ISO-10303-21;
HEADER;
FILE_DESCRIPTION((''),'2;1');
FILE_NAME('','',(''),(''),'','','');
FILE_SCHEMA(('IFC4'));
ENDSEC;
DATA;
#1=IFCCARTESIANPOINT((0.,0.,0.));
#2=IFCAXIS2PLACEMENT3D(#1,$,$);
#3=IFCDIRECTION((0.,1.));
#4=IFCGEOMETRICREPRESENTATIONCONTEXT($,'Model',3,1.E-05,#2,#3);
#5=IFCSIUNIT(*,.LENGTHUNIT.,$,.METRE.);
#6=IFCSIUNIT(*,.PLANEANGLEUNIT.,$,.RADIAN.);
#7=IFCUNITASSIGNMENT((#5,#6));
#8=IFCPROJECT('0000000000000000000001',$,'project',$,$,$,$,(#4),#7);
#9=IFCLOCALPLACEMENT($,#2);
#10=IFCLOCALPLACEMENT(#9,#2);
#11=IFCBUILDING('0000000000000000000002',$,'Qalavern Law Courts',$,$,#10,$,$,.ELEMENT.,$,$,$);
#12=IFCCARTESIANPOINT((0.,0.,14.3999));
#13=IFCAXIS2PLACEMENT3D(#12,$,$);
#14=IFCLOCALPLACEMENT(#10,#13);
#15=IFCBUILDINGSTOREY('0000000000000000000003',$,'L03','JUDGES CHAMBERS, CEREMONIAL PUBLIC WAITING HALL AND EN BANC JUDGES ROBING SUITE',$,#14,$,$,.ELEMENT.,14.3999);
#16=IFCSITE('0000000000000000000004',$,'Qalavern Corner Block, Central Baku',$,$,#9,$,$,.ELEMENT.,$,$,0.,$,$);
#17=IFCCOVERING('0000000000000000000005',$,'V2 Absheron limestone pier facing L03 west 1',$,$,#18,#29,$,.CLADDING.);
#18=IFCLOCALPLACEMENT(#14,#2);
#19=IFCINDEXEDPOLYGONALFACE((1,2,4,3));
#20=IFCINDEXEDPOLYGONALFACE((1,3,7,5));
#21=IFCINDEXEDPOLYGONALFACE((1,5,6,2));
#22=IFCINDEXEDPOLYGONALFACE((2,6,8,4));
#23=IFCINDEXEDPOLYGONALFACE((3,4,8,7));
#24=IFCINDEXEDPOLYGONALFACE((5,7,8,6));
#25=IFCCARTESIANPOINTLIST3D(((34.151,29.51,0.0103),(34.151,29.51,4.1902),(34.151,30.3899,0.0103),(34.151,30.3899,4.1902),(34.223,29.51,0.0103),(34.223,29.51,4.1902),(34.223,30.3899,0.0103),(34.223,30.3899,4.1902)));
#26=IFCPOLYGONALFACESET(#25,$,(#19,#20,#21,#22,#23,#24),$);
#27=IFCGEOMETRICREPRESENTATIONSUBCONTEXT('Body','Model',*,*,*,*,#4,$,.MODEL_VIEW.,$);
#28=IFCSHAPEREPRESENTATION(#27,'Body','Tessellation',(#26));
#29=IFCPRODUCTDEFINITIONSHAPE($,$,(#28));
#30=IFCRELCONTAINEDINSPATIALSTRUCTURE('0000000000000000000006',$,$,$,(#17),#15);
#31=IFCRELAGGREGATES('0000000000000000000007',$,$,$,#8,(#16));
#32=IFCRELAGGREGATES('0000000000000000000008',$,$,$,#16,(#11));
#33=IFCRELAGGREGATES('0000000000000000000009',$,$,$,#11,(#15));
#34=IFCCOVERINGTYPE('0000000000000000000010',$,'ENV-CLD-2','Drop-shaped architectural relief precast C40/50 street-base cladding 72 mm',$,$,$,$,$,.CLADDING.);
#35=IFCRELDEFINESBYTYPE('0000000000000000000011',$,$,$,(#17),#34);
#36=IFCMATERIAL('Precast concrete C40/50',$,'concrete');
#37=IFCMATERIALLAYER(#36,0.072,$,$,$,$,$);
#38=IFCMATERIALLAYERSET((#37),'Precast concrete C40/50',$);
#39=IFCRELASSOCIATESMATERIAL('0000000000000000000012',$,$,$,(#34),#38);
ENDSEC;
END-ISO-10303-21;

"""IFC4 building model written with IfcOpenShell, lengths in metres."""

from ifc_helpers import new_model, si_unit, direction, frame, origin, origin_2d, place, context, subcontext, project, spatial, rectangle, extrude, material, layer, layer_set, type_object, element, save


model = new_model("IFC4")

# Units and contexts
model_context = context("Model", 3, precision=1e-05, world=origin(), true_north=direction((0.0, 1.0)))
body_context = subcontext(model_context, "Body", "Model", "MODEL_VIEW")
ifc_project = project(units=[si_unit("LENGTHUNIT", "METRE"), si_unit("PLANEANGLEUNIT", "RADIAN")], contexts=[model_context])

# Site, building, storey
site_placement = place(None, origin())
site = spatial("IfcSite", under=ifc_project, at=site_placement, Name="Qalavern Corner Block, Central Baku", CompositionType="ELEMENT", RefElevation=0.0)
building_placement = place(site_placement, origin())
building = spatial("IfcBuilding", under=site, at=building_placement, Name="Qalavern Law Courts", CompositionType="ELEMENT")
storey_placement = place(building_placement, frame((0.0, 0.0, 14.3999)))
storey = spatial("IfcBuildingStorey", under=building, at=storey_placement, Name="L03", Description="JUDGES CHAMBERS, CEREMONIAL PUBLIC WAITING HALL AND EN BANC JUDGES ROBING SUITE", CompositionType="ELEMENT", Elevation=14.3999)

# Covering
ifc_material_1 = material(Name="Precast concrete C40/50", Category="concrete")
ifc_layer_1 = layer(ifc_material_1, 0.072)
ifc_layer_set_1 = layer_set([ifc_layer_1], Name="Precast concrete C40/50")
covering_type = type_object("IfcCoveringType", Name="ENV-CLD-2", Description="Drop-shaped architectural relief precast C40/50 street-base cladding 72 mm", PredefinedType="CLADDING", material=ifc_layer_set_1)
covering_placement = place(storey_placement, frame((34.187, 29.95, 0.0103), z_axis=(0.0, 0.0, 1.0), x_axis=(0.0, -1.0, 0.0)))
element("IfcCovering", 1, at=covering_placement, inside=storey, type_object=covering_type, Name="V2 Absheron limestone pier facing L03 west 1", PredefinedType="CLADDING", context=body_context, shape_type="SweptSolid", body=[
    extrude(rectangle(XDim=0.8799, YDim=0.072, at=origin_2d()), origin(), (0.0, 0.0, 1.0), 4.1799),
])

save(model, "model.ifc")
